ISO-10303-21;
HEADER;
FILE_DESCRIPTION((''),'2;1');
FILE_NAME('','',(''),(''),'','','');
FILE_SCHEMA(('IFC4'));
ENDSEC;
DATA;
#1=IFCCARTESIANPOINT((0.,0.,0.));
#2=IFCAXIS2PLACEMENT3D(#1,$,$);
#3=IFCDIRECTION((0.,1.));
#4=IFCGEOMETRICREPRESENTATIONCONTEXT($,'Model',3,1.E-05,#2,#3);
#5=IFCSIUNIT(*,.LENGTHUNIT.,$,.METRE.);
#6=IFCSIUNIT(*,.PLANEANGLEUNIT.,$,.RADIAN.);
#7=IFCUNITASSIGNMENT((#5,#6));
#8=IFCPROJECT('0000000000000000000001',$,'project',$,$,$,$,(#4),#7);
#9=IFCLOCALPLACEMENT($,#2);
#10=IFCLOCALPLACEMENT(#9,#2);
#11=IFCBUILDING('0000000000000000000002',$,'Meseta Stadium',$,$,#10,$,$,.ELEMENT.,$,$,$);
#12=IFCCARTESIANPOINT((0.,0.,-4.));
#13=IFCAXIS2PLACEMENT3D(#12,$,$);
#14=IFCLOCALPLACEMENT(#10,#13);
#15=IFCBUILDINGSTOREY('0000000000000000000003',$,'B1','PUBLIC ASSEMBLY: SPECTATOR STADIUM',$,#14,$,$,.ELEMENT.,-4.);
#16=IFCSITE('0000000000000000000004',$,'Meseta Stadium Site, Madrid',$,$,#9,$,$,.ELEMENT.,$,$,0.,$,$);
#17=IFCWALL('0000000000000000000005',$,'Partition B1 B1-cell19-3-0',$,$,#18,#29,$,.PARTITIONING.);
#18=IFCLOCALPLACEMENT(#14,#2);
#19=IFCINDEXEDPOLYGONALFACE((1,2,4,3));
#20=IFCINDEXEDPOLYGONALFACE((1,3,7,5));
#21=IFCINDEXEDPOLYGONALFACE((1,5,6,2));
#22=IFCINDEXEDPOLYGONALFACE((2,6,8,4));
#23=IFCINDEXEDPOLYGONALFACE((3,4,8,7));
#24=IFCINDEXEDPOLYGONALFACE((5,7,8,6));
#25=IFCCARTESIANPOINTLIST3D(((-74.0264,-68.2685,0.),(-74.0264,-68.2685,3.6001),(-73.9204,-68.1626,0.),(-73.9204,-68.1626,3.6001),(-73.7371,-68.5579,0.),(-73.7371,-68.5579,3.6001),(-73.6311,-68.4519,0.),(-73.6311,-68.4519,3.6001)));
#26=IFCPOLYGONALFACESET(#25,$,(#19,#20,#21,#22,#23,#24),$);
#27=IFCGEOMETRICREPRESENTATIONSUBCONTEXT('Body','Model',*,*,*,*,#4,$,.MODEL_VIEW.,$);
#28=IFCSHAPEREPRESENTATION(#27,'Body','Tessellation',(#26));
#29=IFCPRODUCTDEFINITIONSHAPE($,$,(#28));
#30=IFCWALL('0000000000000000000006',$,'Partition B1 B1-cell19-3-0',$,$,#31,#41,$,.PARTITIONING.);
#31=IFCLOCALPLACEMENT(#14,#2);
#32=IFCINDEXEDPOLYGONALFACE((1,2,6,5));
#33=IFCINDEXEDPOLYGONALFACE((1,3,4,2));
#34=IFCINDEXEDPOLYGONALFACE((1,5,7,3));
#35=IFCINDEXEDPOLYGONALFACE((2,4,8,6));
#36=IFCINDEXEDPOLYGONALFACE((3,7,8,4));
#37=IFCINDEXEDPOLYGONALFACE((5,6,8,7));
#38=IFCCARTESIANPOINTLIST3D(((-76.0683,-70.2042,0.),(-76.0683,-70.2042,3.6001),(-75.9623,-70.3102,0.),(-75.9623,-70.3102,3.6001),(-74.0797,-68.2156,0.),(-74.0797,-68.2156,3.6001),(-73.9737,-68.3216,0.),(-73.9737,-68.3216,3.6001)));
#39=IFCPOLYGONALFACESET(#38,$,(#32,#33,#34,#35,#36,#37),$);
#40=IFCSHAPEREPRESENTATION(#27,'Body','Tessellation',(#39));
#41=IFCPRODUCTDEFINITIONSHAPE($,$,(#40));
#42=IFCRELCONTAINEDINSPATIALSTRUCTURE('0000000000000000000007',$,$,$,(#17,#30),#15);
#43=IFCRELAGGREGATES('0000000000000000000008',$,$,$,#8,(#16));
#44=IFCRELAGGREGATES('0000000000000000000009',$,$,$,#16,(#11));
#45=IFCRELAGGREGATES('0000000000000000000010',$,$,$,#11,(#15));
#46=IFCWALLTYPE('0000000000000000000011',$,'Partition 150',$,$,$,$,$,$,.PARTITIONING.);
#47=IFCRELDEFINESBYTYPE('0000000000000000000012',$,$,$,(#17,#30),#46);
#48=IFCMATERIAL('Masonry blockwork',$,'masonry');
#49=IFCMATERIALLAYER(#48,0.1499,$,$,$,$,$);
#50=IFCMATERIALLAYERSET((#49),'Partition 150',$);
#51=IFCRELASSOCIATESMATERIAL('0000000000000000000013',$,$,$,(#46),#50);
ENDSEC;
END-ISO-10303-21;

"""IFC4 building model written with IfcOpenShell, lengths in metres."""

from ifc_helpers import new_model, si_unit, direction, frame, frame_2d, origin, place, context, subcontext, project, spatial, rectangle, extrude, material, layer, layer_set, type_object, element, save


model = new_model("IFC4")

# Units and contexts
model_context = context("Model", 3, precision=1e-05, world=origin(), true_north=direction((0.0, 1.0)))
body_context = subcontext(model_context, "Body", "Model", "MODEL_VIEW")
ifc_project = project(units=[si_unit("LENGTHUNIT", "METRE"), si_unit("PLANEANGLEUNIT", "RADIAN")], contexts=[model_context])

# Site, building, storey
site_placement = place(None, origin())
site = spatial("IfcSite", under=ifc_project, at=site_placement, Name="Meseta Stadium Site, Madrid", CompositionType="ELEMENT", RefElevation=0.0)
building_placement = place(site_placement, origin())
building = spatial("IfcBuilding", under=site, at=building_placement, Name="Meseta Stadium", CompositionType="ELEMENT")
storey_placement = place(building_placement, frame((0.0, 0.0, -4.0)))
storey = spatial("IfcBuildingStorey", under=building, at=storey_placement, Name="B1", Description="PUBLIC ASSEMBLY: SPECTATOR STADIUM", CompositionType="ELEMENT", Elevation=-4.0)

# Shared definitions
ifc_material_1 = material(Name="Masonry blockwork", Category="masonry")
ifc_layer = layer(ifc_material_1, 0.1499)
ifc_layer_set = layer_set([ifc_layer], Name="Partition 150")
wall_type = type_object("IfcWallType", Name="Partition 150", PredefinedType="PARTITIONING", material=ifc_layer_set)

# Walls
wall_1_placement = place(storey_placement, frame((-73.6841, -68.5049, 0.0), z_axis=(0.0, 0.0, 1.0), x_axis=(-0.707107, 0.707107, 0.0)))
element("IfcWall", 1, at=wall_1_placement, inside=storey, type_object=wall_type, Name="Partition B1 B1-cell19-3-0", PredefinedType="PARTITIONING", context=body_context, shape_type="SweptSolid", body=[
    extrude(rectangle(XDim=0.4092, YDim=0.1499, at=frame_2d((0.2046, 0.0))), origin(), (0.0, 0.0, 1.0), 3.6001),
])
wall_2_placement = place(storey_placement, frame((-74.0266, -68.2686, 0.0), z_axis=(0.0, 0.0, 1.0), x_axis=(-0.707107, -0.707107, 0.0)))
element("IfcWall", 2, at=wall_2_placement, inside=storey, type_object=wall_type, Name="Partition B1 B1-cell19-3-0", PredefinedType="PARTITIONING", context=body_context, shape_type="SweptSolid", body=[
    extrude(rectangle(XDim=2.8123, YDim=0.1499, at=frame_2d((1.4062, 0.0))), origin(), (0.0, 0.0, 1.0), 3.6001),
])

save(model, "model.ifc")
